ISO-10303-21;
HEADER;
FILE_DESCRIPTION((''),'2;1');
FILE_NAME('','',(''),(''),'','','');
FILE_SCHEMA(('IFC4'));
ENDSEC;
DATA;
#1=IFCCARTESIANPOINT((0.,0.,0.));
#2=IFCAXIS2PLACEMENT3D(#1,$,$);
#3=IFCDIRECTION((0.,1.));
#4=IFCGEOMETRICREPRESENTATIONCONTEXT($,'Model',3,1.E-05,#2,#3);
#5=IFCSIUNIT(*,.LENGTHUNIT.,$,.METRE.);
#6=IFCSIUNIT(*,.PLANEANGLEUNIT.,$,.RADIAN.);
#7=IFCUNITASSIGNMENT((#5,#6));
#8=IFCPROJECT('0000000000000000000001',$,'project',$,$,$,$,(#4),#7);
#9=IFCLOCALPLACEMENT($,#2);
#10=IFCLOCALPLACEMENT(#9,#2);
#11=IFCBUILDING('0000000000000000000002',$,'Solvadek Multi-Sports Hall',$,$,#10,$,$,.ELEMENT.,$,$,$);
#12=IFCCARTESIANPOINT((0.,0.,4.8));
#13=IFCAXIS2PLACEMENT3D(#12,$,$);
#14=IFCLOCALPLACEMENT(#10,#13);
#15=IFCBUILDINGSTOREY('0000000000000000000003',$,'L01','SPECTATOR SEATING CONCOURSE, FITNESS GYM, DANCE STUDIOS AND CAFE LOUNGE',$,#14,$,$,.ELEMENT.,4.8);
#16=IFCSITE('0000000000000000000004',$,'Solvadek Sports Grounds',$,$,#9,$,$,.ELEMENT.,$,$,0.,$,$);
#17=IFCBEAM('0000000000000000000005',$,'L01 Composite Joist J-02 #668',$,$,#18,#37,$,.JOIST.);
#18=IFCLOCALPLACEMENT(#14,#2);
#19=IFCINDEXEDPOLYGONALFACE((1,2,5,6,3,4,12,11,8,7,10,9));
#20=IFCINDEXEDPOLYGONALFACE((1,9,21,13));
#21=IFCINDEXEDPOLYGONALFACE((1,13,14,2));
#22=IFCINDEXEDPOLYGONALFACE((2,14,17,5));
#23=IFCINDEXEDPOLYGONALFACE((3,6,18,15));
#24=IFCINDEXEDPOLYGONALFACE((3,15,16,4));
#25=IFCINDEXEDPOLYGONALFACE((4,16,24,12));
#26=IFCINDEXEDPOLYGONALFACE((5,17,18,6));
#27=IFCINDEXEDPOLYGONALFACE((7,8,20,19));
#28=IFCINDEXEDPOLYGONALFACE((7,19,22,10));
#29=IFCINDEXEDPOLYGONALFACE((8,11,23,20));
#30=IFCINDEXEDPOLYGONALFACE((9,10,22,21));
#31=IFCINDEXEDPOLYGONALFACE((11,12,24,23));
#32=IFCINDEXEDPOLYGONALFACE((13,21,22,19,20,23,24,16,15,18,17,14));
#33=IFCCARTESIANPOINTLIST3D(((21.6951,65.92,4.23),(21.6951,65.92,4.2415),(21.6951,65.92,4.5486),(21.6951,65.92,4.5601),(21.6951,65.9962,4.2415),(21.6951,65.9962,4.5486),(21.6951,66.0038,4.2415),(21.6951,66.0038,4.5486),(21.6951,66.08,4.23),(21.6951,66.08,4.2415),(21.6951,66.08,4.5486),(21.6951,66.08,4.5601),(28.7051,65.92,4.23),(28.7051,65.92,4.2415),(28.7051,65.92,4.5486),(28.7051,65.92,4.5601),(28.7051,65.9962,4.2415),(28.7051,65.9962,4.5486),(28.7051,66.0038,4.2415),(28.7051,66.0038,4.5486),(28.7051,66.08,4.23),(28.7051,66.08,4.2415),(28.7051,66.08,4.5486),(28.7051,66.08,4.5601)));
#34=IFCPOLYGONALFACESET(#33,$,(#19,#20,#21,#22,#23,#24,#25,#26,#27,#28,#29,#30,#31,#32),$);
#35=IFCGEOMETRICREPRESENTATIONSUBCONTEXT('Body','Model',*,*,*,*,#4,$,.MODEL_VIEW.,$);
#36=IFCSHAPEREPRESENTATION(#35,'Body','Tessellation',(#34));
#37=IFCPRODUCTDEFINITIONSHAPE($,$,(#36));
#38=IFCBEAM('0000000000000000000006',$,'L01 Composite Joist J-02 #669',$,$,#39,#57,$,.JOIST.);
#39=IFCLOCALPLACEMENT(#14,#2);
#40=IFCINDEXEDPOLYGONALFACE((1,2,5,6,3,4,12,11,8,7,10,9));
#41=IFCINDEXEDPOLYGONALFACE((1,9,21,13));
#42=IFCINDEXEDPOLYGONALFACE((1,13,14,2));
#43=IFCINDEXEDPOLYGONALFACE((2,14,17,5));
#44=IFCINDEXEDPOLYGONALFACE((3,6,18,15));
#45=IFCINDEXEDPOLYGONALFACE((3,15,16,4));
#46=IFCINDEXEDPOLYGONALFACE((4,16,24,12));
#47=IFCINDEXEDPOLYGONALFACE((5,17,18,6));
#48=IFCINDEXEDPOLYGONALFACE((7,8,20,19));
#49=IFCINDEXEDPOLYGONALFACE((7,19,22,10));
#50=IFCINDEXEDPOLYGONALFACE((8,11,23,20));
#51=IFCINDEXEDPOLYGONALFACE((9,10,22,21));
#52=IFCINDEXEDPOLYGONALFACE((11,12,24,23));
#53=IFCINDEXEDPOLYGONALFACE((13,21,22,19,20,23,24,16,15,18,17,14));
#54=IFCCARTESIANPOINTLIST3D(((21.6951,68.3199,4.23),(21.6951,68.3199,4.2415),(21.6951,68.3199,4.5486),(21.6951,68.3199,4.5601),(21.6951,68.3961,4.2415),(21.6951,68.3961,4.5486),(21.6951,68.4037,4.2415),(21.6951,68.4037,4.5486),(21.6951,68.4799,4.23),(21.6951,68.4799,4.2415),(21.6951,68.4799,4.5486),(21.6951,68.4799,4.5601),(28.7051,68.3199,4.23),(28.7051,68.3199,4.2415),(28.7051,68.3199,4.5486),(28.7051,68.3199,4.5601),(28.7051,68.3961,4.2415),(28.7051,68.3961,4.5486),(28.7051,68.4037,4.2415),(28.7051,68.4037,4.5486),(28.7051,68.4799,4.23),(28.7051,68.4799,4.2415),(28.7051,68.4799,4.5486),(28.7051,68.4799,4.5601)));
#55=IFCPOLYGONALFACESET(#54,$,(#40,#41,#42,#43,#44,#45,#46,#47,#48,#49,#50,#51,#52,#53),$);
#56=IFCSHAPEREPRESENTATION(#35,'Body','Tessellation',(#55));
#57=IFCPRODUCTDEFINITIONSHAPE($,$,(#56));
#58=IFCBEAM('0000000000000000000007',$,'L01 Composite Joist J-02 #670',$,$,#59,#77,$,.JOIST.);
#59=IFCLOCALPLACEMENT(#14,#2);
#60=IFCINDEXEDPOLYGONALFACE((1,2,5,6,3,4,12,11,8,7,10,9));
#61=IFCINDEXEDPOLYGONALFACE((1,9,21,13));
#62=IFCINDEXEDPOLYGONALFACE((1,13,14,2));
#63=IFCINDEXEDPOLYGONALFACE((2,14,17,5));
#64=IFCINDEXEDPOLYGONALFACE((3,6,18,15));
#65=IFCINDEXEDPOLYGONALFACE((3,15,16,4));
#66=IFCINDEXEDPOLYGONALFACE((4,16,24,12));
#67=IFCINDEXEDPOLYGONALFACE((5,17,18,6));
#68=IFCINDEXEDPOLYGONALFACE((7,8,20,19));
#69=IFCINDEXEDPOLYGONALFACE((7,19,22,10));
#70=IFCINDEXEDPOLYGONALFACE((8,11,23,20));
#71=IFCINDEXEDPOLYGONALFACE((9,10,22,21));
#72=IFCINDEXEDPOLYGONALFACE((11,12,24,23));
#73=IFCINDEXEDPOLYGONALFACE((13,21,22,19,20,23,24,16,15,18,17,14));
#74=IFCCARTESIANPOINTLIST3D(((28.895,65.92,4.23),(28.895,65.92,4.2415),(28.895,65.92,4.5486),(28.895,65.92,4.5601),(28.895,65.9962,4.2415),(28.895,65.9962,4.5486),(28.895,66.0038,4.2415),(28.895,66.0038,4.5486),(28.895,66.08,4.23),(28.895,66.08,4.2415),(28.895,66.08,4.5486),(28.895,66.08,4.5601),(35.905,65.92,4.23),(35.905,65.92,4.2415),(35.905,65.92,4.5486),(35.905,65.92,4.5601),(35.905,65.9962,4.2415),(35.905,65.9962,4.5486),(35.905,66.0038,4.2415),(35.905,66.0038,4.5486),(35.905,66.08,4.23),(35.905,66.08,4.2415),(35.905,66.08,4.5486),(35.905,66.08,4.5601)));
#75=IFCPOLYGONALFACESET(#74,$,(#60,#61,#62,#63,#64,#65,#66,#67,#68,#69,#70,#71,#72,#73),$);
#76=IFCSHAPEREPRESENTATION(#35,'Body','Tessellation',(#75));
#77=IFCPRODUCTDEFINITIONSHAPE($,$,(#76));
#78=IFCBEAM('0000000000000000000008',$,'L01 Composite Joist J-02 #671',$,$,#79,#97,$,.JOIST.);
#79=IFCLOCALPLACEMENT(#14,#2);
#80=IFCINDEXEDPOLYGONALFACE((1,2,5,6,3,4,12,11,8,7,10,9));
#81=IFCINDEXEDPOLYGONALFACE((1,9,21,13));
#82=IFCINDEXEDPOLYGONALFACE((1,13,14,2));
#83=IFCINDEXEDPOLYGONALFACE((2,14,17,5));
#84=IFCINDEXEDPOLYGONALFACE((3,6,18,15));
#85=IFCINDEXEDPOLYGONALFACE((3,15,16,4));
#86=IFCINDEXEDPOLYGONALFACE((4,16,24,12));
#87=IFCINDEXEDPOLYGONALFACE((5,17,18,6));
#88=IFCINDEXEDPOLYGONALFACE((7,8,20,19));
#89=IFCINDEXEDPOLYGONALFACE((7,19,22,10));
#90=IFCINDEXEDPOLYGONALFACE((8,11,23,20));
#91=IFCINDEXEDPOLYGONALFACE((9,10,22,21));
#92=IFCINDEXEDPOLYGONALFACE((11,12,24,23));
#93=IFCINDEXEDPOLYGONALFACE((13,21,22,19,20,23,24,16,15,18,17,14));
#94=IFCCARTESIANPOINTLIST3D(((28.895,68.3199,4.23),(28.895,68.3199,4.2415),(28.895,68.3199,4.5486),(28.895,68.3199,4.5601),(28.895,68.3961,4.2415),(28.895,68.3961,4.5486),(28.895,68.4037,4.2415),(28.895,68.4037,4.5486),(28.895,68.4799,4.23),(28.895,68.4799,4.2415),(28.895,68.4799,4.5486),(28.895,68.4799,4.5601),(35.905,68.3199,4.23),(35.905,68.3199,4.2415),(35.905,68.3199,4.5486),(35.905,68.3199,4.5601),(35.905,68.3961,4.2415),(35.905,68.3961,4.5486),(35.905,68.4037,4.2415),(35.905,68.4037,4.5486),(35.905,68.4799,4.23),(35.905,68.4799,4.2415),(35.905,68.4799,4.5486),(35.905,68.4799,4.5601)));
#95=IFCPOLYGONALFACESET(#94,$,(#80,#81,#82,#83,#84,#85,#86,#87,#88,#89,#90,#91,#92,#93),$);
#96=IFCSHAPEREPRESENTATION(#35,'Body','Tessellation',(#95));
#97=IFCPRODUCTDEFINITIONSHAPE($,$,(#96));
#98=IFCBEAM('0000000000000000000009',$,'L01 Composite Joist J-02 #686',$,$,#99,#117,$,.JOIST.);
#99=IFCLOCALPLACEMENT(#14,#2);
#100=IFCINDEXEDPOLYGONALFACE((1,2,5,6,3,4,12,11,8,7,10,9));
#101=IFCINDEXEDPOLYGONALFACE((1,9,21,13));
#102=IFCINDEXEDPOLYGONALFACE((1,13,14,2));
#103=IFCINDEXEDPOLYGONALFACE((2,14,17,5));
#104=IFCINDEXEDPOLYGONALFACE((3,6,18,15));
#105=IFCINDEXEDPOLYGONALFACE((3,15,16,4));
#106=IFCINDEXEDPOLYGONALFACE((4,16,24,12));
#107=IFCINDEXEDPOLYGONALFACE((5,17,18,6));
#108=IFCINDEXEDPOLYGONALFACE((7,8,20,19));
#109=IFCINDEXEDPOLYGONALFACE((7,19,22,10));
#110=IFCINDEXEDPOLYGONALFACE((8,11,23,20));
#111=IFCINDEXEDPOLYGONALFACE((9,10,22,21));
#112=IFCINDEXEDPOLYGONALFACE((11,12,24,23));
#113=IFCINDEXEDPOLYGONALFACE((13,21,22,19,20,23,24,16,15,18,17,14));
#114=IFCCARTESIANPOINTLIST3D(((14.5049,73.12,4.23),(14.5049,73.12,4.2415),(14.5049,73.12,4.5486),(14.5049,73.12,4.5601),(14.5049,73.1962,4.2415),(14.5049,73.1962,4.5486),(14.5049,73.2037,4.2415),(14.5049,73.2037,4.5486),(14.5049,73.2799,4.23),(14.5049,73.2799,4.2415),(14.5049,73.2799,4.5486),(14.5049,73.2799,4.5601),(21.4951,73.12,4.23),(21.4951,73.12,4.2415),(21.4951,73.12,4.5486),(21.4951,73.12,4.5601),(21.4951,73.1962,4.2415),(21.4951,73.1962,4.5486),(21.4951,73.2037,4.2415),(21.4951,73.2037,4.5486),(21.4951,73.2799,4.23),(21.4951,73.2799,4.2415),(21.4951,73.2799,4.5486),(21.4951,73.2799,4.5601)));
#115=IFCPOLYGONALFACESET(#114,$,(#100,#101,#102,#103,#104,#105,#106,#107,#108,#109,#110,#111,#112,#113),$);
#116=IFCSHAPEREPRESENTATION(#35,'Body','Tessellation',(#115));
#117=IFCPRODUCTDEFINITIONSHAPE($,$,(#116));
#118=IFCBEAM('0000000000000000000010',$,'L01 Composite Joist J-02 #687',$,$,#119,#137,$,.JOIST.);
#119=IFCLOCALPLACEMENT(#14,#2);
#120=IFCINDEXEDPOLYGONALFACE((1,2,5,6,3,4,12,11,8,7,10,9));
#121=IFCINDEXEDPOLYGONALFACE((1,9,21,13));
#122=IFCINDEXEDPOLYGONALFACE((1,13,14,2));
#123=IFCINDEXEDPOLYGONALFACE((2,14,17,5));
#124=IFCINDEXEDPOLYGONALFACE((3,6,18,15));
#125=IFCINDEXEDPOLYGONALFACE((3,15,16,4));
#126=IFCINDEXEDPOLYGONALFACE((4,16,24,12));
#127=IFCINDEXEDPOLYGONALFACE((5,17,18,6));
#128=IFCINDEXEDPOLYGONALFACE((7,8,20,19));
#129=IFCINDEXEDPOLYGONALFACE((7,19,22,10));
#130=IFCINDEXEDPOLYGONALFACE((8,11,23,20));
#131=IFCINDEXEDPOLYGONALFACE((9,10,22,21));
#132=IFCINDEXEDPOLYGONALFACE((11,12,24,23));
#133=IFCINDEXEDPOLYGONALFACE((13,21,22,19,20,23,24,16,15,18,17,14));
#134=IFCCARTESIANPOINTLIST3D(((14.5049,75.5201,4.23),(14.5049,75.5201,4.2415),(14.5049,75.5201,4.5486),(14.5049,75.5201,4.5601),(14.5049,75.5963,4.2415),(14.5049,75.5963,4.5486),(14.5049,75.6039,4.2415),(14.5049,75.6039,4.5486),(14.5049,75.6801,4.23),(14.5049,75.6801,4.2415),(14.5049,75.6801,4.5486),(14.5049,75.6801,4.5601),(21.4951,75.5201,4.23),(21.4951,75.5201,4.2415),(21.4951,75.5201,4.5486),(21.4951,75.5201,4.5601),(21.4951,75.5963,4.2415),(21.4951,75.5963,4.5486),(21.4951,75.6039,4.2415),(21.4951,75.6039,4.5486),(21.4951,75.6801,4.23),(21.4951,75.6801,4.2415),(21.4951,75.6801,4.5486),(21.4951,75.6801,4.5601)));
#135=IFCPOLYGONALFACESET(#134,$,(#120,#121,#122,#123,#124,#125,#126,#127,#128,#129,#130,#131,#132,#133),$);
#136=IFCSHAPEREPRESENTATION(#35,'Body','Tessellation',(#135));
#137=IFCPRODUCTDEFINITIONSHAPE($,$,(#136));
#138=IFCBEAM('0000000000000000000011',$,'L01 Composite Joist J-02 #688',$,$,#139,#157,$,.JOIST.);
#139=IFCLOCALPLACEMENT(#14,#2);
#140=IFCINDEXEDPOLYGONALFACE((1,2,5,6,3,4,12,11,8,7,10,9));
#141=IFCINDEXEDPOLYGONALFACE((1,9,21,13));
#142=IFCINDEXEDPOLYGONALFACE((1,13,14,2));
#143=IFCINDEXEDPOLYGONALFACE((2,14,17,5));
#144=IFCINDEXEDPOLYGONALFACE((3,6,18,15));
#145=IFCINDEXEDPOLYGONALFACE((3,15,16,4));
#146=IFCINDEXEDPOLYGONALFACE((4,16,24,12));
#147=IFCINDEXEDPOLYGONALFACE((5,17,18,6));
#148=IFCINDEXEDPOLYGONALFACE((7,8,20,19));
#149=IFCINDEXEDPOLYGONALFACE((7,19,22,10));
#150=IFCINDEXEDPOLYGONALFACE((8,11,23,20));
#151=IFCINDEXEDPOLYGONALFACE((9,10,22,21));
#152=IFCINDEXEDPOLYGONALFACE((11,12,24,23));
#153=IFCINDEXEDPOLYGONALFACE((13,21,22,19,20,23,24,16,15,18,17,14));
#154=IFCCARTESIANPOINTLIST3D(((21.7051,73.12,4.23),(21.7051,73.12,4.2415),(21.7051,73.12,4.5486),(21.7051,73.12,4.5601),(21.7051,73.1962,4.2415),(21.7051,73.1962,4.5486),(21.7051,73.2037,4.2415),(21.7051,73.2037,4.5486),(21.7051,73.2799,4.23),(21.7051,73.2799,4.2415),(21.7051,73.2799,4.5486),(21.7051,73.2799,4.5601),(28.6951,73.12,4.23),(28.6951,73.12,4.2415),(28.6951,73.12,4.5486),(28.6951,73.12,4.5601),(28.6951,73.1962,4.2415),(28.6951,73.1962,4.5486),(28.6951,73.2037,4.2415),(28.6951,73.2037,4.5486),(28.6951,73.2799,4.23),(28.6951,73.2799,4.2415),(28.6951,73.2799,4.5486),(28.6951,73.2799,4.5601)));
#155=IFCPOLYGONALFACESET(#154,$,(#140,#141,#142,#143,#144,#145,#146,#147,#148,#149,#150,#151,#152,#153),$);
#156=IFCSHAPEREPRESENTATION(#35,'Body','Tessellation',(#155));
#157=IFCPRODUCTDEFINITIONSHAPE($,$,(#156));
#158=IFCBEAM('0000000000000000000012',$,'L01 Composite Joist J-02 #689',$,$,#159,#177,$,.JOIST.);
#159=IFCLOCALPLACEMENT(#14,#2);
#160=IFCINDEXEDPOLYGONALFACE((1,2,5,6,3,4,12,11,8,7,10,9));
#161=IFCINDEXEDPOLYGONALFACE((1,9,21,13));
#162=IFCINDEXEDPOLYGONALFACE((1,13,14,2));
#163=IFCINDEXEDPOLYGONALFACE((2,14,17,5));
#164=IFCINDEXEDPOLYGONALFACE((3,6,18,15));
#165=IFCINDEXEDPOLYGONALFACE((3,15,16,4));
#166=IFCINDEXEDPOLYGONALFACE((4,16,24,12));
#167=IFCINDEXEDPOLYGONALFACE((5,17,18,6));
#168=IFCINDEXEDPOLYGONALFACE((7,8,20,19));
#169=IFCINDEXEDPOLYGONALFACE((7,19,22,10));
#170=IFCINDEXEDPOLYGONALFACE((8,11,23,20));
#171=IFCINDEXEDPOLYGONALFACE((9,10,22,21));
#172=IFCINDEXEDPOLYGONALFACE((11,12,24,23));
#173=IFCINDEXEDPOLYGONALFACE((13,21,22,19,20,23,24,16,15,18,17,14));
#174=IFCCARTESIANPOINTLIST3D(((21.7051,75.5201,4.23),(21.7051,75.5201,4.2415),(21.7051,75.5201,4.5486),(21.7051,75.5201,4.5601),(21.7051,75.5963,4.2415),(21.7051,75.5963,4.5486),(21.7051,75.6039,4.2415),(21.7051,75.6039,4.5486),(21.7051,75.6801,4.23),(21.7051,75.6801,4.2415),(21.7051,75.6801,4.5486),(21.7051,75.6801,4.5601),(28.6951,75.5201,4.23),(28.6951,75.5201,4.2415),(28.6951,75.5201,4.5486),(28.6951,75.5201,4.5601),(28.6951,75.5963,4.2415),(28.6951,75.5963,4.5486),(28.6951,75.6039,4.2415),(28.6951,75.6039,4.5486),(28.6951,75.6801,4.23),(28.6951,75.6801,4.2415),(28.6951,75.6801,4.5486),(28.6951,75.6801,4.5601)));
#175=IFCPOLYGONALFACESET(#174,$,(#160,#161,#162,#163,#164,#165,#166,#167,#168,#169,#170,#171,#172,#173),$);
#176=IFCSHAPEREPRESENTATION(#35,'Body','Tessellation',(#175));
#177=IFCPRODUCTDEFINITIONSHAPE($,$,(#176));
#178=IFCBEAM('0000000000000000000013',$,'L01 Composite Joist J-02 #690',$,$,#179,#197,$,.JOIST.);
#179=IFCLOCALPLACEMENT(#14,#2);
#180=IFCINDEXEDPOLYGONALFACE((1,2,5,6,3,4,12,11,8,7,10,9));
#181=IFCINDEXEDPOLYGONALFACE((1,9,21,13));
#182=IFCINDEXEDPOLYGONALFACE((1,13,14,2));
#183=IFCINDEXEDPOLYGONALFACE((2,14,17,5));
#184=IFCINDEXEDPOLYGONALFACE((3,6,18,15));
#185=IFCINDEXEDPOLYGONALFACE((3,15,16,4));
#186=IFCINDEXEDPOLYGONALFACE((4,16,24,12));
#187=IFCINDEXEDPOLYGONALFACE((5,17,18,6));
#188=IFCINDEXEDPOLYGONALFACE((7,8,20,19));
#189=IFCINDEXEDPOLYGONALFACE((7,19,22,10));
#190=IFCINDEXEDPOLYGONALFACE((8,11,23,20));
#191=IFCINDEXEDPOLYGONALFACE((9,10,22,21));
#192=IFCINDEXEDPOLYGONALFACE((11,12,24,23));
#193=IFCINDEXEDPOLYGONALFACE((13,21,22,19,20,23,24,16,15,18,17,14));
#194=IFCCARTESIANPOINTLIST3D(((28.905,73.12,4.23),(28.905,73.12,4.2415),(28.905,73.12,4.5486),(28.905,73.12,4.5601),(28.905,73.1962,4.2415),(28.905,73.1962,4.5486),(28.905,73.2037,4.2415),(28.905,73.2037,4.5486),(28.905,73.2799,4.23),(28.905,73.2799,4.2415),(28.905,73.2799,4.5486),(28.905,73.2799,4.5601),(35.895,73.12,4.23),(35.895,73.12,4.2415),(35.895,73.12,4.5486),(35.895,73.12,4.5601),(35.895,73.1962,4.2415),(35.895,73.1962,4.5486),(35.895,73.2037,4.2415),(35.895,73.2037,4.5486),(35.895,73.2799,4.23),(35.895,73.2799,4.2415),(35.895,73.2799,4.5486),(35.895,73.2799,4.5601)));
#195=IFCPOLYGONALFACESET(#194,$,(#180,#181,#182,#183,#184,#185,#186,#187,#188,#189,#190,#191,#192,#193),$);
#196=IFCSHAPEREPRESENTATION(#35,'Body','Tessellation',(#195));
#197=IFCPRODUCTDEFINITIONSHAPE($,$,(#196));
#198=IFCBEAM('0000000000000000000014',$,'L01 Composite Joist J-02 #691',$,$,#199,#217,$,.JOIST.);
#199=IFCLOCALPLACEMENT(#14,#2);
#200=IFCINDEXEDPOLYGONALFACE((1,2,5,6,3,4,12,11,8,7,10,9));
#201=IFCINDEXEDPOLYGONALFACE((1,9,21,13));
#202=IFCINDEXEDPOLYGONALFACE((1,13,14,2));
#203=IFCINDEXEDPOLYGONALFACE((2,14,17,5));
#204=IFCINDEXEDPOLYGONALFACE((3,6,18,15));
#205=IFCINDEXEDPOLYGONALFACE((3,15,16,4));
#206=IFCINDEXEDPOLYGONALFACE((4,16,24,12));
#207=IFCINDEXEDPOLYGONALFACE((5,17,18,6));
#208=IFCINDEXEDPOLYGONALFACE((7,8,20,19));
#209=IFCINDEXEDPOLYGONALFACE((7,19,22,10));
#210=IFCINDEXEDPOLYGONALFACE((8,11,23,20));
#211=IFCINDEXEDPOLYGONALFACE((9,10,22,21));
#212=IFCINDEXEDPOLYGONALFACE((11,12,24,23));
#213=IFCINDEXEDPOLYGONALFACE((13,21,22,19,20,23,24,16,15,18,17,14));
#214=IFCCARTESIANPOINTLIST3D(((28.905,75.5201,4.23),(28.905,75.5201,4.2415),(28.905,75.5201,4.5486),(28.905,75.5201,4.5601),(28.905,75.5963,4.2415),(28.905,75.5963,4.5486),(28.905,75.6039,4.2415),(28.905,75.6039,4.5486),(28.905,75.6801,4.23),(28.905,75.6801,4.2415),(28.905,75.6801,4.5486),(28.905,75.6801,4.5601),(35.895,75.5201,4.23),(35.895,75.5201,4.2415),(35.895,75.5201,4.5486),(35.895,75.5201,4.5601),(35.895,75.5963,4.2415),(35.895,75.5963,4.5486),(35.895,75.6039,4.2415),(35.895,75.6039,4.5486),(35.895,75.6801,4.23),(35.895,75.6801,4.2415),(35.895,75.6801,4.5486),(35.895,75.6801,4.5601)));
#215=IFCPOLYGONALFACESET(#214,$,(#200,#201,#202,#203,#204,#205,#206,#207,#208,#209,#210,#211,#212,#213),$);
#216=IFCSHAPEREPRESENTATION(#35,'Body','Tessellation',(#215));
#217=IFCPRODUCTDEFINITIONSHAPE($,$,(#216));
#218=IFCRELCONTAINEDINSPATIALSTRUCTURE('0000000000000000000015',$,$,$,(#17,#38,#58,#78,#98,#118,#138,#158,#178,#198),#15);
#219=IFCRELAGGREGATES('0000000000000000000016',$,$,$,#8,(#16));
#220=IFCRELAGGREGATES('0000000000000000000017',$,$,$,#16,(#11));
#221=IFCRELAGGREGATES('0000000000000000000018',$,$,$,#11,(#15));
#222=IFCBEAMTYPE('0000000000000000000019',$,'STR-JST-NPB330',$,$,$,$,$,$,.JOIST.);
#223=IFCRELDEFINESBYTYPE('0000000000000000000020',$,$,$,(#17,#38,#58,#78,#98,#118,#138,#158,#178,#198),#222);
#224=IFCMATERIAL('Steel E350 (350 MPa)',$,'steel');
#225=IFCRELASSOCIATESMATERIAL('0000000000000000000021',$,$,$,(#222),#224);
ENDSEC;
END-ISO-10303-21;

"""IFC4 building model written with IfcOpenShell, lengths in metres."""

from ifc_helpers import new_model, si_unit, direction, frame, origin, origin_2d, place, context, subcontext, project, spatial, i_section, extrude, material, material_profile, profile_set, type_object, element, save


model = new_model("IFC4")

# Units and contexts
model_context = context("Model", 3, precision=1e-05, world=origin(), true_north=direction((0.0, 1.0)))
body_context = subcontext(model_context, "Body", "Model", "MODEL_VIEW")
ifc_project = project(units=[si_unit("LENGTHUNIT", "METRE"), si_unit("PLANEANGLEUNIT", "RADIAN")], contexts=[model_context])

# Site, building, storey
site_placement = place(None, origin())
site = spatial("IfcSite", under=ifc_project, at=site_placement, Name="Solvadek Sports Grounds", CompositionType="ELEMENT", RefElevation=0.0)
building_placement = place(site_placement, origin())
building = spatial("IfcBuilding", under=site, at=building_placement, Name="Solvadek Multi-Sports Hall", CompositionType="ELEMENT")
storey_placement = place(building_placement, frame((0.0, 0.0, 4.8)))
storey = spatial("IfcBuildingStorey", under=building, at=storey_placement, Name="L01", Description="SPECTATOR SEATING CONCOURSE, FITNESS GYM, DANCE STUDIOS AND CAFE LOUNGE", CompositionType="ELEMENT", Elevation=4.8)

# Shared definitions
ifc_material_1 = material(Name="Steel E350 (350 MPa)", Category="steel")

# Beams
ifc_material_profile_1 = material_profile(ifc_material_1, i_section(OverallWidth=0.1599, OverallDepth=0.3301, WebThickness=0.0076, FlangeThickness=0.0115, at=origin_2d()), Name="NPB 330")
ifc_profile_set_1 = profile_set([ifc_material_profile_1], Name="Steel E350 (350 MPa)")
beam_type_1 = type_object("IfcBeamType", Name="STR-JST-NPB330", PredefinedType="JOIST", material=ifc_profile_set_1)
for number, where, z_axis, x_axis, name in (
    (1, (21.6951, 66.0, 4.395), (1.0, 0.0, 0.0), (0.0, 1.0, 0.0), "L01 Composite Joist J-02 #668"),
    (2, (21.6951, 68.3999, 4.395), (1.0, 0.0, 0.0), (0.0, 1.0, 0.0), "L01 Composite Joist J-02 #669"),
    (3, (28.895, 66.0, 4.395), (1.0, 0.0, 0.0), (0.0, 1.0, 0.0), "L01 Composite Joist J-02 #670"),
    (4, (28.895, 68.3999, 4.395), (1.0, 0.0, 0.0), (0.0, 1.0, 0.0), "L01 Composite Joist J-02 #671"),
):
    element("IfcBeam", number, at=place(storey_placement, frame(where, z_axis=z_axis, x_axis=x_axis)), inside=storey, type_object=beam_type_1, Name=name, PredefinedType="JOIST", context=body_context, shape_type="SweptSolid", body=[
        extrude(i_section(OverallWidth=0.1599, OverallDepth=0.3301, WebThickness=0.0076, FlangeThickness=0.0115, at=origin_2d()), origin(), (0.0, 0.0, 1.0), 7.01),
    ])
for number, where, z_axis, x_axis, name in (
    (5, (14.5049, 73.2, 4.395), (1.0, 0.0, 0.0), (0.0, 1.0, 0.0), "L01 Composite Joist J-02 #686"),
    (6, (14.5049, 75.6001, 4.395), (1.0, 0.0, 0.0), (0.0, 1.0, 0.0), "L01 Composite Joist J-02 #687"),
):
    element("IfcBeam", number, at=place(storey_placement, frame(where, z_axis=z_axis, x_axis=x_axis)), inside=storey, type_object=beam_type_1, Name=name, PredefinedType="JOIST", context=body_context, shape_type="SweptSolid", body=[
        extrude(i_section(OverallWidth=0.1599, OverallDepth=0.3301, WebThickness=0.0076, FlangeThickness=0.0115, at=origin_2d()), origin(), (0.0, 0.0, 1.0), 6.9902),
    ])
for number, where, z_axis, x_axis, name in (
    (7, (21.7051, 73.2, 4.395), (1.0, 0.0, 0.0), (0.0, 1.0, 0.0), "L01 Composite Joist J-02 #688"),
    (8, (21.7051, 75.6001, 4.395), (1.0, 0.0, 0.0), (0.0, 1.0, 0.0), "L01 Composite Joist J-02 #689"),
    (9, (28.905, 73.2, 4.395), (1.0, 0.0, 0.0), (0.0, 1.0, 0.0), "L01 Composite Joist J-02 #690"),
    (10, (28.905, 75.6001, 4.395), (1.0, 0.0, 0.0), (0.0, 1.0, 0.0), "L01 Composite Joist J-02 #691"),
):
    element("IfcBeam", number, at=place(storey_placement, frame(where, z_axis=z_axis, x_axis=x_axis)), inside=storey, type_object=beam_type_1, Name=name, PredefinedType="JOIST", context=body_context, shape_type="SweptSolid", body=[
        extrude(i_section(OverallWidth=0.1599, OverallDepth=0.3301, WebThickness=0.0076, FlangeThickness=0.0115, at=origin_2d()), origin(), (0.0, 0.0, 1.0), 6.99),
    ])

save(model, "model.ifc")
